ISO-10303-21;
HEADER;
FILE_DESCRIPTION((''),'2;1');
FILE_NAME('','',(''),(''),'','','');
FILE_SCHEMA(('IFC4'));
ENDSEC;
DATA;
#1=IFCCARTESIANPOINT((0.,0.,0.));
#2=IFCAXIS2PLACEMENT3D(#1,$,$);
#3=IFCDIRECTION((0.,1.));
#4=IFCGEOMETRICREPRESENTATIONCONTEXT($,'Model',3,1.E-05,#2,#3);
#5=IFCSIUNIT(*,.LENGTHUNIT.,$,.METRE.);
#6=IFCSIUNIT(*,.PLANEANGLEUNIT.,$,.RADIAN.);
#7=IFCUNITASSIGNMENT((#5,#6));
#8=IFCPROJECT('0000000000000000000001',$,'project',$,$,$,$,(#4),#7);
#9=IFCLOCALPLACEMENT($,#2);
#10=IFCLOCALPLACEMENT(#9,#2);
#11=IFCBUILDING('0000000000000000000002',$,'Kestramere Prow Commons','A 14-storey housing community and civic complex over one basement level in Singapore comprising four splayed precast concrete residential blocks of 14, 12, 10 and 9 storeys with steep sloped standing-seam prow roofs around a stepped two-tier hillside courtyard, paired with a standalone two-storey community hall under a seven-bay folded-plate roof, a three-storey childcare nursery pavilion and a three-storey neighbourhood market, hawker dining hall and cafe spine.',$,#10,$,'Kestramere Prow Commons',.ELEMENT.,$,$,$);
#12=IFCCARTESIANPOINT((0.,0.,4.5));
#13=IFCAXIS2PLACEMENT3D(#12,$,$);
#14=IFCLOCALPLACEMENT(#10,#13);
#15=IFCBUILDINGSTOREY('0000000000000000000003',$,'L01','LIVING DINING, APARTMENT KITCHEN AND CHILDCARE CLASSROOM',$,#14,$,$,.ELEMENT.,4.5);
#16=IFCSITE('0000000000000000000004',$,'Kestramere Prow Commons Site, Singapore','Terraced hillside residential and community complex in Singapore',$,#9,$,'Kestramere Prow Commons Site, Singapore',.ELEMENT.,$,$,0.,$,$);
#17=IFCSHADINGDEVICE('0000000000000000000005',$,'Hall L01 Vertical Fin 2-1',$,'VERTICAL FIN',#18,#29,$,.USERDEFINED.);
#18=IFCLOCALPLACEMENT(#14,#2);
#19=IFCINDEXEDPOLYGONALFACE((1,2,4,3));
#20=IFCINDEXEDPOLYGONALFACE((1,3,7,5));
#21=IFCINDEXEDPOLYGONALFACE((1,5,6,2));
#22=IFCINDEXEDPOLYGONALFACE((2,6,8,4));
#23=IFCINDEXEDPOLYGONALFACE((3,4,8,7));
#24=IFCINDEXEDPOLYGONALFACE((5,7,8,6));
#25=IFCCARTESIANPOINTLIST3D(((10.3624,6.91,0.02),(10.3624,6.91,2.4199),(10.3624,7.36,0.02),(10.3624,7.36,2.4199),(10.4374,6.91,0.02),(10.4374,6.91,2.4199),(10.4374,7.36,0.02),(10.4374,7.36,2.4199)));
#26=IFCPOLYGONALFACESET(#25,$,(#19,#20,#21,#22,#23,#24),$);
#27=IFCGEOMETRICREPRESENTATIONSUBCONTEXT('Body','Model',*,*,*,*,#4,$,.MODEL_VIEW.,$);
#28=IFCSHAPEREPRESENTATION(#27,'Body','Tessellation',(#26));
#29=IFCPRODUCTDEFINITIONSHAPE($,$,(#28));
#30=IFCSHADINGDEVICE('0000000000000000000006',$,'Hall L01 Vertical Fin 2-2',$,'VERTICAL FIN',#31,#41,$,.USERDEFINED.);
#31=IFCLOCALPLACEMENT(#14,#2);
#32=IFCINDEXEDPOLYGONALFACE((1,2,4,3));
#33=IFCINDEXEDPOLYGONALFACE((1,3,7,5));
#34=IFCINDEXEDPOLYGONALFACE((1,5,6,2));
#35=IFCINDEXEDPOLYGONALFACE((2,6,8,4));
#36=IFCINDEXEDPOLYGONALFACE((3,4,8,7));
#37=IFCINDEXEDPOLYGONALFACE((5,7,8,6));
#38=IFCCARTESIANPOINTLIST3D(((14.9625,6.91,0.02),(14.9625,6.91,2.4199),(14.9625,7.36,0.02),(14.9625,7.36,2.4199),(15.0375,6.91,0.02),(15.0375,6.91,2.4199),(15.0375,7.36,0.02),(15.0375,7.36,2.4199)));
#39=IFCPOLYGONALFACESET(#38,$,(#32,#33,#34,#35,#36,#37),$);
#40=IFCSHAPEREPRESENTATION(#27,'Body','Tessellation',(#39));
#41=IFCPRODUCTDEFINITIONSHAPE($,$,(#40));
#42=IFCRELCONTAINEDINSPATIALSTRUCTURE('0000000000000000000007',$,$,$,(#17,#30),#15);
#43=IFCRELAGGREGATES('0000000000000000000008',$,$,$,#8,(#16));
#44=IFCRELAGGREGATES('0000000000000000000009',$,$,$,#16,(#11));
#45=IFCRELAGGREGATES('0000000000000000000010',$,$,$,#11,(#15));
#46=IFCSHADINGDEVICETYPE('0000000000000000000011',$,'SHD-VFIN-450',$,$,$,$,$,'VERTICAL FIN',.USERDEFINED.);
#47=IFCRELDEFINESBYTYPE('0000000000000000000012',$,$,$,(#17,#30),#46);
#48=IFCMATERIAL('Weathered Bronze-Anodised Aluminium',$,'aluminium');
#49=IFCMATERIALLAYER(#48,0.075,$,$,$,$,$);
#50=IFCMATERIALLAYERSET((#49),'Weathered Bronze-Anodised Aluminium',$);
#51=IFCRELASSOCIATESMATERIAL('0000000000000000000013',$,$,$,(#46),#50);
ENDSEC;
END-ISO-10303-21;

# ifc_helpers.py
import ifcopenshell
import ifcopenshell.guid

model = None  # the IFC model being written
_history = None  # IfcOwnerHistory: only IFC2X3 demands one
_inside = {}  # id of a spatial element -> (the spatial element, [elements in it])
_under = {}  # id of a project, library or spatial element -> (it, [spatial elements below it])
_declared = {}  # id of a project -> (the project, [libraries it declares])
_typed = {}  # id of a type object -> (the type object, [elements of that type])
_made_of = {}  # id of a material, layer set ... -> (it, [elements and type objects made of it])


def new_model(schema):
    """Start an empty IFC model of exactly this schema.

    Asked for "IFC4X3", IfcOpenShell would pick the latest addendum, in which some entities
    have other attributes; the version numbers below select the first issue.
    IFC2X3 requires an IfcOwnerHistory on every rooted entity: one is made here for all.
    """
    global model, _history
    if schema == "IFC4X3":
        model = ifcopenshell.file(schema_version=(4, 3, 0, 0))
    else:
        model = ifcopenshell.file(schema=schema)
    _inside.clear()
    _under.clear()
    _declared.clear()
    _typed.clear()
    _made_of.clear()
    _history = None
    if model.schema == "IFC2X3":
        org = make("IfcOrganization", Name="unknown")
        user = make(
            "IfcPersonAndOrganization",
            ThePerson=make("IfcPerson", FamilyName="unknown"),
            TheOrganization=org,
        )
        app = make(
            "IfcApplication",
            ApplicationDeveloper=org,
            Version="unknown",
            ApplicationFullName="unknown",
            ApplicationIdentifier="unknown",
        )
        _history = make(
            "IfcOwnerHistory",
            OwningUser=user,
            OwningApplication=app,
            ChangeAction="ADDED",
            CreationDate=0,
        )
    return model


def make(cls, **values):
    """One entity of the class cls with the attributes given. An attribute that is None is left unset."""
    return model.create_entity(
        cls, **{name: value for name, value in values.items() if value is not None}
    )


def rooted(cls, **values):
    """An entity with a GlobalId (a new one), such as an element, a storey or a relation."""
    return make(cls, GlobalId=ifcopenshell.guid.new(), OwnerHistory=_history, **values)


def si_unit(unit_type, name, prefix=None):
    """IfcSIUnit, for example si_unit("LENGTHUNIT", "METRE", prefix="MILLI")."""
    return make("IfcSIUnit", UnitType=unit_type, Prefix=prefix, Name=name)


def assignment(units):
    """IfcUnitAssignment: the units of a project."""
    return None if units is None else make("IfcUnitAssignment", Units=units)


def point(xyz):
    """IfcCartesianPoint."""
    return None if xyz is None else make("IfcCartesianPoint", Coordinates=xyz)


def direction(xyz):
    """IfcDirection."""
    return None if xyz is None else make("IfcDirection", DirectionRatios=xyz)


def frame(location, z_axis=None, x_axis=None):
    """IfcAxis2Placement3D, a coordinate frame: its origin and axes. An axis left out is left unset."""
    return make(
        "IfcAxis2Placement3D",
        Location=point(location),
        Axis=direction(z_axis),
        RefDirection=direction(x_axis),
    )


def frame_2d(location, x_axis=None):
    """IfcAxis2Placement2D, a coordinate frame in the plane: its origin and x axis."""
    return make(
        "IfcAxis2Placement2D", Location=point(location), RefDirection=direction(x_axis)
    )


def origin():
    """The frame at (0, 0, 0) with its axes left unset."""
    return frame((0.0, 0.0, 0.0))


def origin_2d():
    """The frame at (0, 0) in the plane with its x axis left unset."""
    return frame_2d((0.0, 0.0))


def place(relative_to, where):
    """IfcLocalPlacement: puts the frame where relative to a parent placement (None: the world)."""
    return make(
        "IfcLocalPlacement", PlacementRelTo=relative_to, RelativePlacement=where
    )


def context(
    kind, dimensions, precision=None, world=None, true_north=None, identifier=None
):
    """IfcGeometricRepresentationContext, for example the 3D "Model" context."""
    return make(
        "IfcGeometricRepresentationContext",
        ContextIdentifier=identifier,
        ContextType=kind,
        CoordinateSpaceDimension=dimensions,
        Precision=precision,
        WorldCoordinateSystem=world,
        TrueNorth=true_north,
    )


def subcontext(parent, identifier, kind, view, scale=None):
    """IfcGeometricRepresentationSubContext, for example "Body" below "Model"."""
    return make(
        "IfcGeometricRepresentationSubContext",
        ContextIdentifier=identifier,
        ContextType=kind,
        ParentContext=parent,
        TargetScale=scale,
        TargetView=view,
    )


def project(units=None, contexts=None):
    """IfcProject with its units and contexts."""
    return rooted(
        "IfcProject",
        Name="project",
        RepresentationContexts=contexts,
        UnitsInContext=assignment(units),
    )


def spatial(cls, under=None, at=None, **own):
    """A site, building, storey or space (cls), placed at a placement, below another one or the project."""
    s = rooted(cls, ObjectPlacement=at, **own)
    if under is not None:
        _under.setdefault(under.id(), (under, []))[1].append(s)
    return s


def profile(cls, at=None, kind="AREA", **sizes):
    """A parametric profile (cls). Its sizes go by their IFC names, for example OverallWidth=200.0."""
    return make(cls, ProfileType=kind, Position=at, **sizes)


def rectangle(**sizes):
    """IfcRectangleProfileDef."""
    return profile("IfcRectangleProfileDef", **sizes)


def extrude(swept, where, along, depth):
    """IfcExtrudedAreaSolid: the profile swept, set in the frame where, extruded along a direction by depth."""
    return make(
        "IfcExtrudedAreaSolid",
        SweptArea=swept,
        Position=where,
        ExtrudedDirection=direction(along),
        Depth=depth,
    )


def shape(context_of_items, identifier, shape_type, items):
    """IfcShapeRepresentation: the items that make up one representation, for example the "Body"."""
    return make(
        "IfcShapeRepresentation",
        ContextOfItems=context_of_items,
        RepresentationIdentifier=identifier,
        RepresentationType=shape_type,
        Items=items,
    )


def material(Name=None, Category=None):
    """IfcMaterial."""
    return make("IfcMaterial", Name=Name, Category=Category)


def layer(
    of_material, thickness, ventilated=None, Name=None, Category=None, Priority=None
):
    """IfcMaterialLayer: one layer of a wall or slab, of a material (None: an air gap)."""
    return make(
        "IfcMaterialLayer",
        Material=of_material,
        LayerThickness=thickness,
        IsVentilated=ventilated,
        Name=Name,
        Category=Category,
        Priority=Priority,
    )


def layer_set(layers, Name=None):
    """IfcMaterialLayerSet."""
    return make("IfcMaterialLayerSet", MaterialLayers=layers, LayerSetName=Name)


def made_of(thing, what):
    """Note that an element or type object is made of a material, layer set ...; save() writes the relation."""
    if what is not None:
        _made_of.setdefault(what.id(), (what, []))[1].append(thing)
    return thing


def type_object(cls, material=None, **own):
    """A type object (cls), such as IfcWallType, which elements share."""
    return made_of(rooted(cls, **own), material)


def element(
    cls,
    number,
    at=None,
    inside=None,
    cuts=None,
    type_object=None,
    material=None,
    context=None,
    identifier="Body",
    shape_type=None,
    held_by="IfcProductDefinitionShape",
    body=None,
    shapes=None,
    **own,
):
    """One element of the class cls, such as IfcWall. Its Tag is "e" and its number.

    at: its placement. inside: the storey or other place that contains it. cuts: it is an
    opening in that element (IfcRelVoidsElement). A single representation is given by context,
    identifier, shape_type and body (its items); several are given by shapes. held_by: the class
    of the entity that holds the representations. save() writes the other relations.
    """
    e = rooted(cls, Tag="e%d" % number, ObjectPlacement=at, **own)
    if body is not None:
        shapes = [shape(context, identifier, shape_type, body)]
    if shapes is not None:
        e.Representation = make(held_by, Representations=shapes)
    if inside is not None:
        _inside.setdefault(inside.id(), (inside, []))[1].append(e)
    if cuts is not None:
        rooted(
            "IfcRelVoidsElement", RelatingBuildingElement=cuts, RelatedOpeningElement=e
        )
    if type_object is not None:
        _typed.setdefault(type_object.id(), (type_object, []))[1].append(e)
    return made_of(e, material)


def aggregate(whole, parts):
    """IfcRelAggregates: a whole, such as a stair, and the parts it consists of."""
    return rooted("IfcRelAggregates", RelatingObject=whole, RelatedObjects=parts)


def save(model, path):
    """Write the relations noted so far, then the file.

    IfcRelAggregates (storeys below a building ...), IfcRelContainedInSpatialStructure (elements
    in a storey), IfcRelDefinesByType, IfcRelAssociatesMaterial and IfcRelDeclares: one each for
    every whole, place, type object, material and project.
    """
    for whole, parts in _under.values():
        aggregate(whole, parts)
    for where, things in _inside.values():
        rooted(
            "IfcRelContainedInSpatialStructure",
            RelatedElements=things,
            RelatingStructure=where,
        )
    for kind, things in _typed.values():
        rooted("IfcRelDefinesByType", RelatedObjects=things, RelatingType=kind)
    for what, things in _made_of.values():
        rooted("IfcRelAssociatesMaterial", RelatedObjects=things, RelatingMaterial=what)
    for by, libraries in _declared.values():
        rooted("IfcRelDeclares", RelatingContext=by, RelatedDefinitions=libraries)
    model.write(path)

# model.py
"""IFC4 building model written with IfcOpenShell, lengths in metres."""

from ifc_helpers import new_model, si_unit, direction, frame, origin, origin_2d, place, context, subcontext, project, spatial, rectangle, extrude, material, layer, layer_set, type_object, element, save


model = new_model("IFC4")

# Units and contexts
model_context = context("Model", 3, precision=1e-05, world=origin(), true_north=direction((0.0, 1.0)))
body_context = subcontext(model_context, "Body", "Model", "MODEL_VIEW")
ifc_project = project(units=[si_unit("LENGTHUNIT", "METRE"), si_unit("PLANEANGLEUNIT", "RADIAN")], contexts=[model_context])

# Site, building, storey
site_placement = place(None, origin())
site = spatial("IfcSite", under=ifc_project, at=site_placement, Name="Kestramere Prow Commons Site, Singapore", Description="Terraced hillside residential and community complex in Singapore", LongName="Kestramere Prow Commons Site, Singapore", CompositionType="ELEMENT", RefElevation=0.0)
building_placement = place(site_placement, origin())
building = spatial("IfcBuilding", under=site, at=building_placement, Name="Kestramere Prow Commons", Description="A 14-storey housing community and civic complex over one basement level in Singapore comprising four splayed precast concrete residential blocks of 14, 12, 10 and 9 storeys with steep sloped standing-seam prow roofs around a stepped two-tier hillside courtyard, paired with a standalone two-storey community hall under a seven-bay folded-plate roof, a three-storey childcare nursery pavilion and a three-storey neighbourhood market, hawker dining hall and cafe spine.", LongName="Kestramere Prow Commons", CompositionType="ELEMENT")
storey_placement = place(building_placement, frame((0.0, 0.0, 4.5)))
storey = spatial("IfcBuildingStorey", under=building, at=storey_placement, Name="L01", Description="LIVING DINING, APARTMENT KITCHEN AND CHILDCARE CLASSROOM", CompositionType="ELEMENT", Elevation=4.5)

# Shading devices
ifc_material_1 = material(Name="Weathered Bronze-Anodised Aluminium", Category="aluminium")
ifc_layer_1 = layer(ifc_material_1, 0.075)
ifc_layer_set_1 = layer_set([ifc_layer_1], Name="Weathered Bronze-Anodised Aluminium")
shading_device_type_1 = type_object("IfcShadingDeviceType", Name="SHD-VFIN-450", ElementType="VERTICAL FIN", PredefinedType="USERDEFINED", material=ifc_layer_set_1)
for number, where, z_axis, x_axis, name in (
    (1, (10.3999, 7.135, 0.02), (0.0, 0.0, 1.0), (1.0, 0.0, 0.0), "Hall L01 Vertical Fin 2-1"),
    (2, (15.0, 7.135, 0.02), (0.0, 0.0, 1.0), (1.0, 0.0, 0.0), "Hall L01 Vertical Fin 2-2"),
):
    element("IfcShadingDevice", number, at=place(storey_placement, frame(where, z_axis=z_axis, x_axis=x_axis)), inside=storey, type_object=shading_device_type_1, Name=name, ObjectType="VERTICAL FIN", PredefinedType="USERDEFINED", context=body_context, shape_type="SweptSolid", body=[
        extrude(rectangle(XDim=0.075, YDim=0.45, at=origin_2d()), origin(), (0.0, 0.0, 1.0), 2.3999),
    ])

save(model, "model.ifc")
